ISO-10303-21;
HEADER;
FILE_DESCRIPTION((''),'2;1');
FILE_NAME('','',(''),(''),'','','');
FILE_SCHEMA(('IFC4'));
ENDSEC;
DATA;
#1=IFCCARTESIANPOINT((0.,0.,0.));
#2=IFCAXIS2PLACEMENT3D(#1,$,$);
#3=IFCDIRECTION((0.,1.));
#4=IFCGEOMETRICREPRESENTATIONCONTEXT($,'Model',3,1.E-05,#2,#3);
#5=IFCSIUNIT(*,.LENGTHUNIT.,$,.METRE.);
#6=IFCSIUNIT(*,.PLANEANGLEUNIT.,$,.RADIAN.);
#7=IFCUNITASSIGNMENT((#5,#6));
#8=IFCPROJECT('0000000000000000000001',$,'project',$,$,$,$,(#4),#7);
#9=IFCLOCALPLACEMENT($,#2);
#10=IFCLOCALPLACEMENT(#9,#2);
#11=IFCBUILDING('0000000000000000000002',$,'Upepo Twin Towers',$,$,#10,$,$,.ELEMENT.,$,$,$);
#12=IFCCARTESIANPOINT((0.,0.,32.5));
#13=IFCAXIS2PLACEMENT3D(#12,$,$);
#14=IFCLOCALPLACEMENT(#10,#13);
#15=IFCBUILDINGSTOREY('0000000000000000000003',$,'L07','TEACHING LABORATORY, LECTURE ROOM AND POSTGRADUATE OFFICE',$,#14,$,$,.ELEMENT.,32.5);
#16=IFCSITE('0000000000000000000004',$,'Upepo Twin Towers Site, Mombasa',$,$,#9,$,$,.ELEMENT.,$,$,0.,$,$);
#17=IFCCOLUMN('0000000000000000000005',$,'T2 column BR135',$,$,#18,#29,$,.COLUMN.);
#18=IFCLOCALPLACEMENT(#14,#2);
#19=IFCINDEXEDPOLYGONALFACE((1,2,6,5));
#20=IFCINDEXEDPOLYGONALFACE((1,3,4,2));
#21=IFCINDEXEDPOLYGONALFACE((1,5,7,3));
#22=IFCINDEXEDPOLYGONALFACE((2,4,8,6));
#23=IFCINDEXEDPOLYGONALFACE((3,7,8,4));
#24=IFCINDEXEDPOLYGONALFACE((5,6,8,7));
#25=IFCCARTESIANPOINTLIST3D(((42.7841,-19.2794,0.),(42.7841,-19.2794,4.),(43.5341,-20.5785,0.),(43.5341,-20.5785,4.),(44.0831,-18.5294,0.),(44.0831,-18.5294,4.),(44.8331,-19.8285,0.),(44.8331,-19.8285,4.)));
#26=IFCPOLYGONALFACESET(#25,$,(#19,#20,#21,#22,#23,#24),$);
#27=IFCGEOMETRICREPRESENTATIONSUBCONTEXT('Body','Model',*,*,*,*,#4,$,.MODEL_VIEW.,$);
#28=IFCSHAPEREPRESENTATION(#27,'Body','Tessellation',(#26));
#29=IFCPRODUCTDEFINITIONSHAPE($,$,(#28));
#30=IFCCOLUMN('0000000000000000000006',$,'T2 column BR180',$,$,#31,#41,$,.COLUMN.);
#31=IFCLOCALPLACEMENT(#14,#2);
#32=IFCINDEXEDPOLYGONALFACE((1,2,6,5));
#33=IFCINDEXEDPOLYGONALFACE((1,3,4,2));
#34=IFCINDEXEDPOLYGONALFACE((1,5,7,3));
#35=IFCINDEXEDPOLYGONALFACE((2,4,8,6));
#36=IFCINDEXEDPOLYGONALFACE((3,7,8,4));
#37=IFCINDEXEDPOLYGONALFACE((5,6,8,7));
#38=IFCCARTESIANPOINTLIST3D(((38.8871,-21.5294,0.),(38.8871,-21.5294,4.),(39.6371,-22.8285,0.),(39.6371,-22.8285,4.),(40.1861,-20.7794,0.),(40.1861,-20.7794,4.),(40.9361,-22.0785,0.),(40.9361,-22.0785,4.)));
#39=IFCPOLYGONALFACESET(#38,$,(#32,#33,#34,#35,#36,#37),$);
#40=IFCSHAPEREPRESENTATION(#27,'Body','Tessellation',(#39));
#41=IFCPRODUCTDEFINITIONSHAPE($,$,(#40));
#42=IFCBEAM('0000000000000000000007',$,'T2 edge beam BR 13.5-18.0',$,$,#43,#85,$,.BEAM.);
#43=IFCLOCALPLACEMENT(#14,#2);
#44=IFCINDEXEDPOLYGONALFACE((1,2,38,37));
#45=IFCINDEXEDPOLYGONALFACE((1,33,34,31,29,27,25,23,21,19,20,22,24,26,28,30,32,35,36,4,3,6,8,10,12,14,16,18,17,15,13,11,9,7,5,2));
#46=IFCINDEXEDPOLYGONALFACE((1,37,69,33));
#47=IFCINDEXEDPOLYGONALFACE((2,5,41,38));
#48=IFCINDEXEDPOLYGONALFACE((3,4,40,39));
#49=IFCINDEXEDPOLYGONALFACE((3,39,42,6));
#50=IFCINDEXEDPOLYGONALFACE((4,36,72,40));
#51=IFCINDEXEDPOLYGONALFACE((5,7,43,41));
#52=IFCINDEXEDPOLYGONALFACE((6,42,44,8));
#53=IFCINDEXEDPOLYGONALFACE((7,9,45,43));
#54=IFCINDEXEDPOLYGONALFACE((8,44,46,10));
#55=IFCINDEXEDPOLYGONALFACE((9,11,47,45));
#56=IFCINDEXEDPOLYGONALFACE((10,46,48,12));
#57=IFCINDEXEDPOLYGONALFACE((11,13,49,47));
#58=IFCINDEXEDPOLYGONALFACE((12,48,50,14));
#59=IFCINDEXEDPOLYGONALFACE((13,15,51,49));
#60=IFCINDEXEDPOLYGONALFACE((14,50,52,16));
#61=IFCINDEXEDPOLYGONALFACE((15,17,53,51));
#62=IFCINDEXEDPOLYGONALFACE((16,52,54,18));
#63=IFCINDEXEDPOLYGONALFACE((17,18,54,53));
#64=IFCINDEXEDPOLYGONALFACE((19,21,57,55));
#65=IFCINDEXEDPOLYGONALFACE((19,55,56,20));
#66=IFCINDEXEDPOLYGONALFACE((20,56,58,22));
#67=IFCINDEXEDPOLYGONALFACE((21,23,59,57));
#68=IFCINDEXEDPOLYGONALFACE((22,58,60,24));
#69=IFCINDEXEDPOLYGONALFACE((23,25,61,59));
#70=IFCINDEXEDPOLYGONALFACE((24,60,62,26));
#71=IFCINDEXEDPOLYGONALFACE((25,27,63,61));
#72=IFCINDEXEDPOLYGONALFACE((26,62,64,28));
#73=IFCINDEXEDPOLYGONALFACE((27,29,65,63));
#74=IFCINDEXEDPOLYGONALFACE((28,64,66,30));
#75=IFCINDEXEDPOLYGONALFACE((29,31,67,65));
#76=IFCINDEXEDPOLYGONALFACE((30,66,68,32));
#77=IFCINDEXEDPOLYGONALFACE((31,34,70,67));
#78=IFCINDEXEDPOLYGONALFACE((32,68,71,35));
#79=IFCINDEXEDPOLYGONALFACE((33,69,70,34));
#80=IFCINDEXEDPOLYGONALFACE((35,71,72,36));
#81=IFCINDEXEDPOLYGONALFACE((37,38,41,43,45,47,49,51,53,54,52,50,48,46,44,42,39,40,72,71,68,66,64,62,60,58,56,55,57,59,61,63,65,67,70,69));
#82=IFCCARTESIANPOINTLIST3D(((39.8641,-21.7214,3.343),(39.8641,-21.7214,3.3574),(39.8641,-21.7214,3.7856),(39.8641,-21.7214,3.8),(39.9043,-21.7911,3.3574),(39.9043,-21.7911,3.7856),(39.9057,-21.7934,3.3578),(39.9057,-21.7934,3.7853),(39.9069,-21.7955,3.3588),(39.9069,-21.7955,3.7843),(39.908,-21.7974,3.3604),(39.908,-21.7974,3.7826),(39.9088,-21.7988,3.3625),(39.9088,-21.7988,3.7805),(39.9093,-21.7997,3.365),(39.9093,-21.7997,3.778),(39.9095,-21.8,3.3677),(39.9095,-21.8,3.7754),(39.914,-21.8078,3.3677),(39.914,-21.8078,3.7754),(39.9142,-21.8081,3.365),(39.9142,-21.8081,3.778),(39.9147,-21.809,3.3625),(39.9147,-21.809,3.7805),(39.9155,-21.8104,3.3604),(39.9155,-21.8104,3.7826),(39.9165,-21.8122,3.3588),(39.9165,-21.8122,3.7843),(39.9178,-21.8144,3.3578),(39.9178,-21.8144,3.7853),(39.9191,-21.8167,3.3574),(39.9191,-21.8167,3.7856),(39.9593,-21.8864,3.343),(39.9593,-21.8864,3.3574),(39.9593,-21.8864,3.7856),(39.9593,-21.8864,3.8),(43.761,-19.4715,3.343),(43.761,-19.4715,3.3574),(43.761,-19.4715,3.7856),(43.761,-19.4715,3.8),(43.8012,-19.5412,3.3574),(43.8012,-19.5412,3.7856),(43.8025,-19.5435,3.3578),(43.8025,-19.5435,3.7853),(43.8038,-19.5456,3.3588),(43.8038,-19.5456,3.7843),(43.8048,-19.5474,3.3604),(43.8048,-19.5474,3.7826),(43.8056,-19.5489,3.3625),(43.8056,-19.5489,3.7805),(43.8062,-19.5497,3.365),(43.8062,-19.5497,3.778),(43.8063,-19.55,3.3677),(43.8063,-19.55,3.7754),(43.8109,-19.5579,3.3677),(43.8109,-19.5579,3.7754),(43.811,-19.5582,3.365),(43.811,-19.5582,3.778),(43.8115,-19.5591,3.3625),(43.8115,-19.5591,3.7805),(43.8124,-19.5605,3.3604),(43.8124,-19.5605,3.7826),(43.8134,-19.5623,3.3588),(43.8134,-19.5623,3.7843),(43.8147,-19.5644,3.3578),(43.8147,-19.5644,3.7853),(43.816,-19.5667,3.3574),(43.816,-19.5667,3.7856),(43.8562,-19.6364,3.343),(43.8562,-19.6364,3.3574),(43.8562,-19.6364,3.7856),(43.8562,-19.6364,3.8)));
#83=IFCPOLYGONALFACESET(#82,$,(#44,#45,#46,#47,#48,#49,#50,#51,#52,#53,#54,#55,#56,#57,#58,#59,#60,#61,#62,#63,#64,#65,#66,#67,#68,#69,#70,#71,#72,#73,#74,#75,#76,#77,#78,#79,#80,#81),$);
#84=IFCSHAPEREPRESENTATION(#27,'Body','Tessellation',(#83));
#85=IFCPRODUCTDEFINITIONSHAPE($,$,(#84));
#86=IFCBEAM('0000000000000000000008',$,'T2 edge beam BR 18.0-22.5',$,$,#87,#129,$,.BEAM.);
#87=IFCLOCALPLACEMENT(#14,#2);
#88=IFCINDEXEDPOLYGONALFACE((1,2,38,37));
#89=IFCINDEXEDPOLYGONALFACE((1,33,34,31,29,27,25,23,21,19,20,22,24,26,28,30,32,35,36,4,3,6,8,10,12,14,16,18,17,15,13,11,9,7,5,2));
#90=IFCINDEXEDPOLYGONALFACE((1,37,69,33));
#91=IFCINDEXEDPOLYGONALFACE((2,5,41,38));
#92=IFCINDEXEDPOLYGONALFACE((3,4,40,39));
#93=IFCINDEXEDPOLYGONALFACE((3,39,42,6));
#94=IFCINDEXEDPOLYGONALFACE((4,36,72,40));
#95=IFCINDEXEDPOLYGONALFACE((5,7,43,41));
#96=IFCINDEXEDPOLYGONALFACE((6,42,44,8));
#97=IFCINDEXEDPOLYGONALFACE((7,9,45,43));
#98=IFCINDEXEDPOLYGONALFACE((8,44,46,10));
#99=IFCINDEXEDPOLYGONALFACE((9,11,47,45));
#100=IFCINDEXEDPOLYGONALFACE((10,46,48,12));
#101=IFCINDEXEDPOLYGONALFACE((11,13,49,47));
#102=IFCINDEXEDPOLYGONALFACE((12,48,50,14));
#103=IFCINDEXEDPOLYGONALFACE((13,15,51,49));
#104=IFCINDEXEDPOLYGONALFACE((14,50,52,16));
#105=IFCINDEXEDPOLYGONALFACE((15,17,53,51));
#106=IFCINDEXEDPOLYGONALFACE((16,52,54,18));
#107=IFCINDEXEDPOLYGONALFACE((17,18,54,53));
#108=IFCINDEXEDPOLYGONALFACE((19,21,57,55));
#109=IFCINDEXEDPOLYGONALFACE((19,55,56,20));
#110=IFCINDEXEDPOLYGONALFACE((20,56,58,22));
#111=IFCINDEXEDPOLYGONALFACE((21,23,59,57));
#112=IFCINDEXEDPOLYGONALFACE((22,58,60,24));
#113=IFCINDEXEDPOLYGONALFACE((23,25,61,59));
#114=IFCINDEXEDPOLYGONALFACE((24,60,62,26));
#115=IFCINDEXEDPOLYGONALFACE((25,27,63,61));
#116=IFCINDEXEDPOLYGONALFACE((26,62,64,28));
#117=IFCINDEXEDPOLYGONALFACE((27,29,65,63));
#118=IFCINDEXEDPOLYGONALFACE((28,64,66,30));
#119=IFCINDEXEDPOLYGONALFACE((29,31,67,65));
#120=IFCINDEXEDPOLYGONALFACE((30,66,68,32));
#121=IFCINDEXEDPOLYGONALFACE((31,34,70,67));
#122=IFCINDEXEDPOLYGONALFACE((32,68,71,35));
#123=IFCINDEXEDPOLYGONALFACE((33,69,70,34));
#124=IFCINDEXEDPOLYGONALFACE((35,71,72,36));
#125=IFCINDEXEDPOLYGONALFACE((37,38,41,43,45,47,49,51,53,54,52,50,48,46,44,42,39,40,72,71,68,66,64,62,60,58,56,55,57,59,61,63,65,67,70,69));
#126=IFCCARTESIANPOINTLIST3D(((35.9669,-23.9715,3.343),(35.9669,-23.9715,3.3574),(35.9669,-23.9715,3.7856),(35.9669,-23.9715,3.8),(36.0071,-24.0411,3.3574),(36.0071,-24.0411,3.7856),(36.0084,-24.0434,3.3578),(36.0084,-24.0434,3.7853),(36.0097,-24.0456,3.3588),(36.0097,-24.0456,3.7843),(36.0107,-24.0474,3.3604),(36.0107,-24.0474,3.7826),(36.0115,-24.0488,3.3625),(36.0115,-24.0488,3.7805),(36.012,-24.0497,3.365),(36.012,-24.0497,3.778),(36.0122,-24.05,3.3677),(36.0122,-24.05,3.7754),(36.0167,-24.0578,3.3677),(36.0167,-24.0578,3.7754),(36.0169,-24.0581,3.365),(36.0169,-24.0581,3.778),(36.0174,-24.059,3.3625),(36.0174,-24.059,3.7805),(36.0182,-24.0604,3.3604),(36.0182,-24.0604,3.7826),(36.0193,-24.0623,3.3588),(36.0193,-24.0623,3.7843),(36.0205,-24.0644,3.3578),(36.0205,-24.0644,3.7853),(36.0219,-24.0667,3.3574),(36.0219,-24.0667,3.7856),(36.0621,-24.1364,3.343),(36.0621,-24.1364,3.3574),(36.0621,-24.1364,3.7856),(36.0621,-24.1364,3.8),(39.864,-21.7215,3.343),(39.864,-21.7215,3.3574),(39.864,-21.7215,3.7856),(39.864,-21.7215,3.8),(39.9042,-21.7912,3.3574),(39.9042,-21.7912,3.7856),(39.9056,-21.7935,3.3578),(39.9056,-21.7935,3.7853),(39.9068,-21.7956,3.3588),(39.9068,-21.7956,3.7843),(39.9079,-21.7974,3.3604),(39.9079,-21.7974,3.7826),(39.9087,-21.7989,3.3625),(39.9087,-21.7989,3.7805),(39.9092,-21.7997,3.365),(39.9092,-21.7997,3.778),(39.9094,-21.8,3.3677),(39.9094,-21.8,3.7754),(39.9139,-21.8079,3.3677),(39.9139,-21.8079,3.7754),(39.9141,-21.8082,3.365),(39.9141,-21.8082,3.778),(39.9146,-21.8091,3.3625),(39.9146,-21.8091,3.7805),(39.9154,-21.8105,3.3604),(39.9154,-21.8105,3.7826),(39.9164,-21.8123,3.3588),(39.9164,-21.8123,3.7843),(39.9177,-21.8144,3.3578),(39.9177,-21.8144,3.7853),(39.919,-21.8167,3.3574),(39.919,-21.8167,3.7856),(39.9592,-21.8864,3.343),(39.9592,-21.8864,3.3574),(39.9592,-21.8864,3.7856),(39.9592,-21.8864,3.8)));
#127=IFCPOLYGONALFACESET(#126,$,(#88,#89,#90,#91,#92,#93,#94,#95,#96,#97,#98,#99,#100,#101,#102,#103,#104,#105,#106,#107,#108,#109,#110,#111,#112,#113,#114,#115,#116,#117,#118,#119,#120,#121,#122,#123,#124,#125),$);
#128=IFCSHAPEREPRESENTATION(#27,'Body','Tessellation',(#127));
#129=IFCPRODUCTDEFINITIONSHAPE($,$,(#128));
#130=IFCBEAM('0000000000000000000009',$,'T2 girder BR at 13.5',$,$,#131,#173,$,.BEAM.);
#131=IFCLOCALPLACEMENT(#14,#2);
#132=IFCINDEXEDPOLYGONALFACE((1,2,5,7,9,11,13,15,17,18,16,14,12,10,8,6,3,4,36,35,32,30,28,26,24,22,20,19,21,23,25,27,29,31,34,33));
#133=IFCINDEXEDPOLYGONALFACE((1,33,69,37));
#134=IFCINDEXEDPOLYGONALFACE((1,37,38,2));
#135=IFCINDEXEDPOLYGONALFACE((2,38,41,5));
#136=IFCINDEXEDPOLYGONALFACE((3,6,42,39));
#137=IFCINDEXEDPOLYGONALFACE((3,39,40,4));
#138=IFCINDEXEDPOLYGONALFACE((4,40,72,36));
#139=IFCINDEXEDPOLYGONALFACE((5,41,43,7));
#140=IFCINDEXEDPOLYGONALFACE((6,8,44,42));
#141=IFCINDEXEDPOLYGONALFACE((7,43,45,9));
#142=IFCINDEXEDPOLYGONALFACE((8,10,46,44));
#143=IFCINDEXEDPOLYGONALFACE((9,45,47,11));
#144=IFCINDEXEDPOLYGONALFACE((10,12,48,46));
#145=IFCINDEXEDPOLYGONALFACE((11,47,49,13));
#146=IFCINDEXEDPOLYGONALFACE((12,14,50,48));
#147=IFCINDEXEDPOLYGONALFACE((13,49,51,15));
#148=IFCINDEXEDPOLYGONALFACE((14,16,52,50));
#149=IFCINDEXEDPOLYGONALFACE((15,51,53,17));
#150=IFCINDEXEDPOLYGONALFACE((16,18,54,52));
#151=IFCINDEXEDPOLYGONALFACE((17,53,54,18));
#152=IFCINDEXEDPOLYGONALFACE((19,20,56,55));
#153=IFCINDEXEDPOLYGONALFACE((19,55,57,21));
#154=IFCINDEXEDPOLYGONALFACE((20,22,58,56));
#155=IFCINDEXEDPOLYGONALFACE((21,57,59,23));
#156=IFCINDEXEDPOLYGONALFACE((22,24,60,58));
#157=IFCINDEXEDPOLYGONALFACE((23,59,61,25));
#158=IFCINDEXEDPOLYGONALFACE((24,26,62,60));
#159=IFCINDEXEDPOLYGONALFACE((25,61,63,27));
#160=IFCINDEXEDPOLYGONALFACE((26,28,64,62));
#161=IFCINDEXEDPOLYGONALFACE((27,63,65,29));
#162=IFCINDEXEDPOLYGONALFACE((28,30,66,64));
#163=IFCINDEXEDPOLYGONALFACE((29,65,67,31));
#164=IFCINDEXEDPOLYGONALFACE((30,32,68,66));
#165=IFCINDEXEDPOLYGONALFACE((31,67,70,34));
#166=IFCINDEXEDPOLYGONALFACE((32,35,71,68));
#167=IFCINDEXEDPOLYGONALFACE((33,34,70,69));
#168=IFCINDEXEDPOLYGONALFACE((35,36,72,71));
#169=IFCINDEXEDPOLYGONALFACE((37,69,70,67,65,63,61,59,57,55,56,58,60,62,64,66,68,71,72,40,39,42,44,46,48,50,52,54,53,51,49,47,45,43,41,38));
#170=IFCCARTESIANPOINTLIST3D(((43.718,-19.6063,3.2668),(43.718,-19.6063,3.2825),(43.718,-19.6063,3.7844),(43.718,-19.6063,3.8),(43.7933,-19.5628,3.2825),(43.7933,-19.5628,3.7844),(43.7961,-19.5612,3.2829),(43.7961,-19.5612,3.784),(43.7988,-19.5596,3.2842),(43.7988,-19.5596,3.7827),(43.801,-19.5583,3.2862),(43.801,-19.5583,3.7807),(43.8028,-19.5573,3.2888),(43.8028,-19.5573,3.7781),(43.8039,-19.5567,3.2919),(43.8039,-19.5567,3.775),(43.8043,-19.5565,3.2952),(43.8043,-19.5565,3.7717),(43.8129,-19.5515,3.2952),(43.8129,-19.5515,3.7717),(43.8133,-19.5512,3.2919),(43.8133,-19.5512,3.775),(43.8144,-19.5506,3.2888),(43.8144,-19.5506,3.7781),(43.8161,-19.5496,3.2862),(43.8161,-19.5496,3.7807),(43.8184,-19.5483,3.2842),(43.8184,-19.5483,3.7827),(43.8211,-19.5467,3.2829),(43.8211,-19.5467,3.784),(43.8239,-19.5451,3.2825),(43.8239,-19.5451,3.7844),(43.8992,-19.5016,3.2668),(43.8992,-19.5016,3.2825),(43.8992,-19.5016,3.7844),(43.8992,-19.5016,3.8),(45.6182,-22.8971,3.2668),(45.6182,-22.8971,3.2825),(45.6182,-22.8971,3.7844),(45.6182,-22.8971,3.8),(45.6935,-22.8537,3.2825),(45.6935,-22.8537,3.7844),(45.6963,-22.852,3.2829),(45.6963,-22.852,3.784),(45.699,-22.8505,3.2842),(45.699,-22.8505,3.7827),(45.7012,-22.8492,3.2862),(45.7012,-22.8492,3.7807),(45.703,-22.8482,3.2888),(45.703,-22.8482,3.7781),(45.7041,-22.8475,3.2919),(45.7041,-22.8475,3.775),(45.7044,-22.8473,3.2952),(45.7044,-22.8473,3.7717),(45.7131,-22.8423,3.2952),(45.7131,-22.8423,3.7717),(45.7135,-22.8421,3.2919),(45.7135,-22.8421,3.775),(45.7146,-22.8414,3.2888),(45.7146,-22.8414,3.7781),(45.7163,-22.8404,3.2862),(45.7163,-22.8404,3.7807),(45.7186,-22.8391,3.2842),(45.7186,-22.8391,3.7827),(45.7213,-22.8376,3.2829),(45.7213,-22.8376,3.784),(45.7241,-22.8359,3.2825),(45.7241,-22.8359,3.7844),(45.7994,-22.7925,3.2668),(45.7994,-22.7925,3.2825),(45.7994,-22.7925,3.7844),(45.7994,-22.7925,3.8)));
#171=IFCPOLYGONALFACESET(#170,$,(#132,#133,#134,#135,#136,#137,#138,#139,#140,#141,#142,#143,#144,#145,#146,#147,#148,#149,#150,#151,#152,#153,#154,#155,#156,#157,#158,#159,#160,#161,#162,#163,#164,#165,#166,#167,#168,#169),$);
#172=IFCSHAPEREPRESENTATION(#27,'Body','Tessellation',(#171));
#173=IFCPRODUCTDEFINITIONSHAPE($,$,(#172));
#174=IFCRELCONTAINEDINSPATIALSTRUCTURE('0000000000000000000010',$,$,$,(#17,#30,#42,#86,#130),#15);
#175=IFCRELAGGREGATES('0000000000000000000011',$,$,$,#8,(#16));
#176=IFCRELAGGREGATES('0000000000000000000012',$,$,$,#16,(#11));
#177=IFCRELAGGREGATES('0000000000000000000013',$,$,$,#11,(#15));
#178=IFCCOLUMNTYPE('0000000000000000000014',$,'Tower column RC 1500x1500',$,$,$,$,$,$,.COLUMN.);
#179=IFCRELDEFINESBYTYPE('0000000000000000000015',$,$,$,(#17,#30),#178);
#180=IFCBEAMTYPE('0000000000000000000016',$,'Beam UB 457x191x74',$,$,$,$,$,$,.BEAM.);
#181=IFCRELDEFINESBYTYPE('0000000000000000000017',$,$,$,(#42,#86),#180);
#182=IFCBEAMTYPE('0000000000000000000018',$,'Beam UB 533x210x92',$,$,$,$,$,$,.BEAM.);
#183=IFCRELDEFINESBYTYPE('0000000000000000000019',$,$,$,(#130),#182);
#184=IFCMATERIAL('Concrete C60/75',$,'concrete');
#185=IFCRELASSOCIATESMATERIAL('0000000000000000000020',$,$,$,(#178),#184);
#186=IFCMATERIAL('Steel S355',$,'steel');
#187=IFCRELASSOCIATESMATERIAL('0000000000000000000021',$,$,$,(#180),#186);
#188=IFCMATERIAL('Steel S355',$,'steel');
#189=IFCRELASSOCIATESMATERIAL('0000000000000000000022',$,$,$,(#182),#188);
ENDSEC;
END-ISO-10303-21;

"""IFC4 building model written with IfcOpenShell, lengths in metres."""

from ifc_helpers import new_model, si_unit, direction, frame, origin, origin_2d, place, context, subcontext, project, spatial, rectangle, i_section, extrude, material, material_profile, profile_set, type_object, element, save


model = new_model("IFC4")

# Units and contexts
model_context = context("Model", 3, precision=1e-05, world=origin(), true_north=direction((0.0, 1.0)))
body_context = subcontext(model_context, "Body", "Model", "MODEL_VIEW")
ifc_project = project(units=[si_unit("LENGTHUNIT", "METRE"), si_unit("PLANEANGLEUNIT", "RADIAN")], contexts=[model_context])

# Site, building, storey
site_placement = place(None, origin())
site = spatial("IfcSite", under=ifc_project, at=site_placement, Name="Upepo Twin Towers Site, Mombasa", CompositionType="ELEMENT", RefElevation=0.0)
building_placement = place(site_placement, origin())
building = spatial("IfcBuilding", under=site, at=building_placement, Name="Upepo Twin Towers", CompositionType="ELEMENT")
storey_placement = place(building_placement, frame((0.0, 0.0, 32.5)))
storey = spatial("IfcBuildingStorey", under=building, at=storey_placement, Name="L07", Description="TEACHING LABORATORY, LECTURE ROOM AND POSTGRADUATE OFFICE", CompositionType="ELEMENT", Elevation=32.5)

# Columns
ifc_material_1 = material(Name="Concrete C60/75", Category="concrete")
ifc_material_profile_1 = material_profile(ifc_material_1, rectangle(XDim=1.5, YDim=1.5, at=origin_2d()), Name="RC 1500x1500")
ifc_profile_set_1 = profile_set([ifc_material_profile_1], Name="Concrete C60/75")
column_type = type_object("IfcColumnType", Name="Tower column RC 1500x1500", PredefinedType="COLUMN", material=ifc_profile_set_1)
for number, where, z_axis, x_axis, name in (
    (1, (43.8086, -19.554, 0.0), (0.0, 0.0, 1.0), (0.866025, 0.5, 0.0), "T2 column BR135"),
    (2, (39.9116, -21.804, 0.0), (0.0, 0.0, 1.0), (0.866025, 0.5, 0.0), "T2 column BR180"),
):
    element("IfcColumn", number, at=place(storey_placement, frame(where, z_axis=z_axis, x_axis=x_axis)), inside=storey, type_object=column_type, Name=name, PredefinedType="COLUMN", context=body_context, shape_type="SweptSolid", body=[
        extrude(rectangle(XDim=1.5, YDim=1.5, at=origin_2d()), origin(), (0.0, 0.0, 1.0), 4.0),
    ])

# Beams
ifc_material_2 = material(Name="Steel S355", Category="steel")
ifc_material_profile_2 = material_profile(ifc_material_2, i_section(OverallWidth=0.1904, OverallDepth=0.457, WebThickness=0.009, FlangeThickness=0.0144, FilletRadius=0.0103, at=origin_2d()), Name="UB 457x191x74")
ifc_profile_set_2 = profile_set([ifc_material_profile_2], Name="Steel S355")
beam_type_1 = type_object("IfcBeamType", Name="Beam UB 457x191x74", PredefinedType="BEAM", material=ifc_profile_set_2)
beam_1_placement = place(storey_placement, frame((43.8086, -19.554, 3.5715), z_axis=(-0.866018, -0.500014, 0.0), x_axis=(0.500014, -0.866018, 0.0)))
element("IfcBeam", 3, at=beam_1_placement, inside=storey, type_object=beam_type_1, Name="T2 edge beam BR 13.5-18.0", PredefinedType="BEAM", context=body_context, shape_type="SweptSolid", body=[
    extrude(i_section(OverallWidth=0.1904, OverallDepth=0.457, WebThickness=0.009, FlangeThickness=0.0144, FilletRadius=0.0103, at=origin_2d()), origin(), (0.0, 0.0, 1.0), 4.4998),
])
beam_2_placement = place(storey_placement, frame((39.9116, -21.804, 3.5715), z_axis=(-0.866031, -0.49999, 0.0), x_axis=(0.49999, -0.866031, 0.0)))
element("IfcBeam", 4, at=beam_2_placement, inside=storey, type_object=beam_type_1, Name="T2 edge beam BR 18.0-22.5", PredefinedType="BEAM", context=body_context, shape_type="SweptSolid", body=[
    extrude(i_section(OverallWidth=0.1904, OverallDepth=0.457, WebThickness=0.009, FlangeThickness=0.0144, FilletRadius=0.0103, at=origin_2d()), origin(), (0.0, 0.0, 1.0), 4.5),
])
ifc_material_3 = material(Name="Steel S355", Category="steel")
ifc_material_profile_3 = material_profile(ifc_material_3, i_section(OverallWidth=0.2092, OverallDepth=0.5332, WebThickness=0.01, FlangeThickness=0.0156, FilletRadius=0.0127, at=origin_2d()), Name="UB 533x210x92")
ifc_profile_set_3 = profile_set([ifc_material_profile_3], Name="Steel S355")
beam_type_2 = type_object("IfcBeamType", Name="Beam UB 533x210x92", PredefinedType="BEAM", material=ifc_profile_set_3)
beam_3_placement = place(storey_placement, frame((43.8086, -19.554, 3.5334), z_axis=(0.500043, -0.866, 0.0), x_axis=(0.866, 0.500043, 0.0)))
element("IfcBeam", 5, at=beam_3_placement, inside=storey, type_object=beam_type_2, Name="T2 girder BR at 13.5", PredefinedType="BEAM", context=body_context, shape_type="SweptSolid", body=[
    extrude(i_section(OverallWidth=0.2092, OverallDepth=0.5332, WebThickness=0.01, FlangeThickness=0.0156, FilletRadius=0.0127, at=origin_2d()), origin(), (0.0, 0.0, 1.0), 3.8),
])

save(model, "model.ifc")
